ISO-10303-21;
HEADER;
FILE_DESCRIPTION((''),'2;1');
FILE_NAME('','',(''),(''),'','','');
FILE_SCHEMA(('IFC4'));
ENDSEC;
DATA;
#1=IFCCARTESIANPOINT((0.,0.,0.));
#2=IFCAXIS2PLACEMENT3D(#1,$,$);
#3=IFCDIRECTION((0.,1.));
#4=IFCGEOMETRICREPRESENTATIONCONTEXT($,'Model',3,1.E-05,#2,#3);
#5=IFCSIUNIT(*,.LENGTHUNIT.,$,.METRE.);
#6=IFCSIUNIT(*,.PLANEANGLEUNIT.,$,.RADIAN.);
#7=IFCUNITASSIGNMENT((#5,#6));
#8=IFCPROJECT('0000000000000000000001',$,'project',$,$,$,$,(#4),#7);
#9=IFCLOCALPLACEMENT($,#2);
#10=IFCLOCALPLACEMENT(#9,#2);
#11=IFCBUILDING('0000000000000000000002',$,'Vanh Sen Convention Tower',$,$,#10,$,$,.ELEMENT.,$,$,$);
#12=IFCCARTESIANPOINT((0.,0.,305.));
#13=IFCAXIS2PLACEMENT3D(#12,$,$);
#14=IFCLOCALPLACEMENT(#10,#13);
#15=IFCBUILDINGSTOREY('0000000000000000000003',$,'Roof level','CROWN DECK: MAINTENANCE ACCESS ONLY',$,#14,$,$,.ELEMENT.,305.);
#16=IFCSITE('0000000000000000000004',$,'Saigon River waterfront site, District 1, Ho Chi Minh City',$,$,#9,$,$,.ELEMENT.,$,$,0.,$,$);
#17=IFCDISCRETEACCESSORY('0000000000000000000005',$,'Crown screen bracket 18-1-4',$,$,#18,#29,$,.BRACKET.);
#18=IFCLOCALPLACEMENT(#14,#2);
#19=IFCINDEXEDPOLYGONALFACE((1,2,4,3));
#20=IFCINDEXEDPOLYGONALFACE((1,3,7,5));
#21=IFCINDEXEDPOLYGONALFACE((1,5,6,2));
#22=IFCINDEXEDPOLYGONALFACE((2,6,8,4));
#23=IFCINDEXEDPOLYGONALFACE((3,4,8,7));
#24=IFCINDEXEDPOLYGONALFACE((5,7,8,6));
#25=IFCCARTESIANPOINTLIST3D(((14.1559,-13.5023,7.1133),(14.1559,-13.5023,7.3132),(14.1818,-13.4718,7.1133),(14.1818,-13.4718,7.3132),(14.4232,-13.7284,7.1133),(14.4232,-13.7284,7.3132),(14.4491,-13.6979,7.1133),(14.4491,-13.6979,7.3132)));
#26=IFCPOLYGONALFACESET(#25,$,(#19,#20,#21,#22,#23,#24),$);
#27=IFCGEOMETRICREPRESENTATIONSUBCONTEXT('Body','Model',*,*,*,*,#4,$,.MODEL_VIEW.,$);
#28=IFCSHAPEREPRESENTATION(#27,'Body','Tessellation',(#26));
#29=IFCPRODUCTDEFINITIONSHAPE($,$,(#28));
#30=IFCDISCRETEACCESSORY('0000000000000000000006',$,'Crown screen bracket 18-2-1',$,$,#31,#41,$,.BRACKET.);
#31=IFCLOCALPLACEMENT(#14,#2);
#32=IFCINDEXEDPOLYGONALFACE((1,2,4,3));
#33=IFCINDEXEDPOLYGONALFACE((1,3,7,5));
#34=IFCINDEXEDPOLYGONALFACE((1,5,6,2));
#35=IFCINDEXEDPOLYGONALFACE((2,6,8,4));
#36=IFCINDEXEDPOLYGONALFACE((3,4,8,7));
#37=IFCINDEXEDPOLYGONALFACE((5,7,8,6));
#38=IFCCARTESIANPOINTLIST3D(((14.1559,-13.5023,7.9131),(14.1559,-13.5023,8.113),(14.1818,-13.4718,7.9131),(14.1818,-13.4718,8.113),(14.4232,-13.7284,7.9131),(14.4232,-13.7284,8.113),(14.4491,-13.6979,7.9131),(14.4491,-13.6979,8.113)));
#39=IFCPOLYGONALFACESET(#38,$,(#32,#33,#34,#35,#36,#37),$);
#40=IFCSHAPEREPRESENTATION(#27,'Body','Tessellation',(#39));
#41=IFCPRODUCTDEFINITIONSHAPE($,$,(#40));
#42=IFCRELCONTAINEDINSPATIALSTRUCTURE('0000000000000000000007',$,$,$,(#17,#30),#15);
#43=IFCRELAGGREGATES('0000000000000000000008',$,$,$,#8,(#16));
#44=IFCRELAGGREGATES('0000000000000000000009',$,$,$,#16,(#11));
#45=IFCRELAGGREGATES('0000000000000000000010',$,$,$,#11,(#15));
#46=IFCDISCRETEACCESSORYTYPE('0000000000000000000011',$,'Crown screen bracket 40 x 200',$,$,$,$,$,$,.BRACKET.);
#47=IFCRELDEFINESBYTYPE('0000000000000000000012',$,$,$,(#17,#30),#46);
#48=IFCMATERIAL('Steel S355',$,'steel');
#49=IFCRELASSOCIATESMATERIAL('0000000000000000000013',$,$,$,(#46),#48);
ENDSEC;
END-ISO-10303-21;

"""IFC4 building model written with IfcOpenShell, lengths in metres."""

from ifc_helpers import new_model, si_unit, direction, frame, origin, origin_2d, place, context, subcontext, project, spatial, rectangle, extrude, material, type_object, element, save


model = new_model("IFC4")

# Units and contexts
model_context = context("Model", 3, precision=1e-05, world=origin(), true_north=direction((0.0, 1.0)))
body_context = subcontext(model_context, "Body", "Model", "MODEL_VIEW")
ifc_project = project(units=[si_unit("LENGTHUNIT", "METRE"), si_unit("PLANEANGLEUNIT", "RADIAN")], contexts=[model_context])

# Site, building, storey
site_placement = place(None, origin())
site = spatial("IfcSite", under=ifc_project, at=site_placement, Name="Saigon River waterfront site, District 1, Ho Chi Minh City", CompositionType="ELEMENT", RefElevation=0.0)
building_placement = place(site_placement, origin())
building = spatial("IfcBuilding", under=site, at=building_placement, Name="Vanh Sen Convention Tower", CompositionType="ELEMENT")
storey_placement = place(building_placement, frame((0.0, 0.0, 305.0)))
storey = spatial("IfcBuildingStorey", under=building, at=storey_placement, Name="Roof level", Description="CROWN DECK: MAINTENANCE ACCESS ONLY", CompositionType="ELEMENT", Elevation=305.0)

# Discrete accessories
ifc_material_1 = material(Name="Steel S355", Category="steel")
discrete_accessory_type_1 = type_object("IfcDiscreteAccessoryType", Name="Crown screen bracket 40 x 200", PredefinedType="BRACKET", material=ifc_material_1)
for number, where, z_axis, x_axis, name in (
    (1, (14.3025, -13.6001, 7.1133), (0.0, 0.0, 1.0), (0.763535, -0.645767, 0.0), "Crown screen bracket 18-1-4"),
    (2, (14.3025, -13.6001, 7.9131), (0.0, 0.0, 1.0), (0.763535, -0.645767, 0.0), "Crown screen bracket 18-2-1"),
):
    element("IfcDiscreteAccessory", number, at=place(storey_placement, frame(where, z_axis=z_axis, x_axis=x_axis)), inside=storey, type_object=discrete_accessory_type_1, Name=name, PredefinedType="BRACKET", context=body_context, shape_type="SweptSolid", body=[
        extrude(rectangle(XDim=0.3501, YDim=0.04, at=origin_2d()), origin(), (0.0, 0.0, 1.0), 0.2),
    ])

save(model, "model.ifc")
